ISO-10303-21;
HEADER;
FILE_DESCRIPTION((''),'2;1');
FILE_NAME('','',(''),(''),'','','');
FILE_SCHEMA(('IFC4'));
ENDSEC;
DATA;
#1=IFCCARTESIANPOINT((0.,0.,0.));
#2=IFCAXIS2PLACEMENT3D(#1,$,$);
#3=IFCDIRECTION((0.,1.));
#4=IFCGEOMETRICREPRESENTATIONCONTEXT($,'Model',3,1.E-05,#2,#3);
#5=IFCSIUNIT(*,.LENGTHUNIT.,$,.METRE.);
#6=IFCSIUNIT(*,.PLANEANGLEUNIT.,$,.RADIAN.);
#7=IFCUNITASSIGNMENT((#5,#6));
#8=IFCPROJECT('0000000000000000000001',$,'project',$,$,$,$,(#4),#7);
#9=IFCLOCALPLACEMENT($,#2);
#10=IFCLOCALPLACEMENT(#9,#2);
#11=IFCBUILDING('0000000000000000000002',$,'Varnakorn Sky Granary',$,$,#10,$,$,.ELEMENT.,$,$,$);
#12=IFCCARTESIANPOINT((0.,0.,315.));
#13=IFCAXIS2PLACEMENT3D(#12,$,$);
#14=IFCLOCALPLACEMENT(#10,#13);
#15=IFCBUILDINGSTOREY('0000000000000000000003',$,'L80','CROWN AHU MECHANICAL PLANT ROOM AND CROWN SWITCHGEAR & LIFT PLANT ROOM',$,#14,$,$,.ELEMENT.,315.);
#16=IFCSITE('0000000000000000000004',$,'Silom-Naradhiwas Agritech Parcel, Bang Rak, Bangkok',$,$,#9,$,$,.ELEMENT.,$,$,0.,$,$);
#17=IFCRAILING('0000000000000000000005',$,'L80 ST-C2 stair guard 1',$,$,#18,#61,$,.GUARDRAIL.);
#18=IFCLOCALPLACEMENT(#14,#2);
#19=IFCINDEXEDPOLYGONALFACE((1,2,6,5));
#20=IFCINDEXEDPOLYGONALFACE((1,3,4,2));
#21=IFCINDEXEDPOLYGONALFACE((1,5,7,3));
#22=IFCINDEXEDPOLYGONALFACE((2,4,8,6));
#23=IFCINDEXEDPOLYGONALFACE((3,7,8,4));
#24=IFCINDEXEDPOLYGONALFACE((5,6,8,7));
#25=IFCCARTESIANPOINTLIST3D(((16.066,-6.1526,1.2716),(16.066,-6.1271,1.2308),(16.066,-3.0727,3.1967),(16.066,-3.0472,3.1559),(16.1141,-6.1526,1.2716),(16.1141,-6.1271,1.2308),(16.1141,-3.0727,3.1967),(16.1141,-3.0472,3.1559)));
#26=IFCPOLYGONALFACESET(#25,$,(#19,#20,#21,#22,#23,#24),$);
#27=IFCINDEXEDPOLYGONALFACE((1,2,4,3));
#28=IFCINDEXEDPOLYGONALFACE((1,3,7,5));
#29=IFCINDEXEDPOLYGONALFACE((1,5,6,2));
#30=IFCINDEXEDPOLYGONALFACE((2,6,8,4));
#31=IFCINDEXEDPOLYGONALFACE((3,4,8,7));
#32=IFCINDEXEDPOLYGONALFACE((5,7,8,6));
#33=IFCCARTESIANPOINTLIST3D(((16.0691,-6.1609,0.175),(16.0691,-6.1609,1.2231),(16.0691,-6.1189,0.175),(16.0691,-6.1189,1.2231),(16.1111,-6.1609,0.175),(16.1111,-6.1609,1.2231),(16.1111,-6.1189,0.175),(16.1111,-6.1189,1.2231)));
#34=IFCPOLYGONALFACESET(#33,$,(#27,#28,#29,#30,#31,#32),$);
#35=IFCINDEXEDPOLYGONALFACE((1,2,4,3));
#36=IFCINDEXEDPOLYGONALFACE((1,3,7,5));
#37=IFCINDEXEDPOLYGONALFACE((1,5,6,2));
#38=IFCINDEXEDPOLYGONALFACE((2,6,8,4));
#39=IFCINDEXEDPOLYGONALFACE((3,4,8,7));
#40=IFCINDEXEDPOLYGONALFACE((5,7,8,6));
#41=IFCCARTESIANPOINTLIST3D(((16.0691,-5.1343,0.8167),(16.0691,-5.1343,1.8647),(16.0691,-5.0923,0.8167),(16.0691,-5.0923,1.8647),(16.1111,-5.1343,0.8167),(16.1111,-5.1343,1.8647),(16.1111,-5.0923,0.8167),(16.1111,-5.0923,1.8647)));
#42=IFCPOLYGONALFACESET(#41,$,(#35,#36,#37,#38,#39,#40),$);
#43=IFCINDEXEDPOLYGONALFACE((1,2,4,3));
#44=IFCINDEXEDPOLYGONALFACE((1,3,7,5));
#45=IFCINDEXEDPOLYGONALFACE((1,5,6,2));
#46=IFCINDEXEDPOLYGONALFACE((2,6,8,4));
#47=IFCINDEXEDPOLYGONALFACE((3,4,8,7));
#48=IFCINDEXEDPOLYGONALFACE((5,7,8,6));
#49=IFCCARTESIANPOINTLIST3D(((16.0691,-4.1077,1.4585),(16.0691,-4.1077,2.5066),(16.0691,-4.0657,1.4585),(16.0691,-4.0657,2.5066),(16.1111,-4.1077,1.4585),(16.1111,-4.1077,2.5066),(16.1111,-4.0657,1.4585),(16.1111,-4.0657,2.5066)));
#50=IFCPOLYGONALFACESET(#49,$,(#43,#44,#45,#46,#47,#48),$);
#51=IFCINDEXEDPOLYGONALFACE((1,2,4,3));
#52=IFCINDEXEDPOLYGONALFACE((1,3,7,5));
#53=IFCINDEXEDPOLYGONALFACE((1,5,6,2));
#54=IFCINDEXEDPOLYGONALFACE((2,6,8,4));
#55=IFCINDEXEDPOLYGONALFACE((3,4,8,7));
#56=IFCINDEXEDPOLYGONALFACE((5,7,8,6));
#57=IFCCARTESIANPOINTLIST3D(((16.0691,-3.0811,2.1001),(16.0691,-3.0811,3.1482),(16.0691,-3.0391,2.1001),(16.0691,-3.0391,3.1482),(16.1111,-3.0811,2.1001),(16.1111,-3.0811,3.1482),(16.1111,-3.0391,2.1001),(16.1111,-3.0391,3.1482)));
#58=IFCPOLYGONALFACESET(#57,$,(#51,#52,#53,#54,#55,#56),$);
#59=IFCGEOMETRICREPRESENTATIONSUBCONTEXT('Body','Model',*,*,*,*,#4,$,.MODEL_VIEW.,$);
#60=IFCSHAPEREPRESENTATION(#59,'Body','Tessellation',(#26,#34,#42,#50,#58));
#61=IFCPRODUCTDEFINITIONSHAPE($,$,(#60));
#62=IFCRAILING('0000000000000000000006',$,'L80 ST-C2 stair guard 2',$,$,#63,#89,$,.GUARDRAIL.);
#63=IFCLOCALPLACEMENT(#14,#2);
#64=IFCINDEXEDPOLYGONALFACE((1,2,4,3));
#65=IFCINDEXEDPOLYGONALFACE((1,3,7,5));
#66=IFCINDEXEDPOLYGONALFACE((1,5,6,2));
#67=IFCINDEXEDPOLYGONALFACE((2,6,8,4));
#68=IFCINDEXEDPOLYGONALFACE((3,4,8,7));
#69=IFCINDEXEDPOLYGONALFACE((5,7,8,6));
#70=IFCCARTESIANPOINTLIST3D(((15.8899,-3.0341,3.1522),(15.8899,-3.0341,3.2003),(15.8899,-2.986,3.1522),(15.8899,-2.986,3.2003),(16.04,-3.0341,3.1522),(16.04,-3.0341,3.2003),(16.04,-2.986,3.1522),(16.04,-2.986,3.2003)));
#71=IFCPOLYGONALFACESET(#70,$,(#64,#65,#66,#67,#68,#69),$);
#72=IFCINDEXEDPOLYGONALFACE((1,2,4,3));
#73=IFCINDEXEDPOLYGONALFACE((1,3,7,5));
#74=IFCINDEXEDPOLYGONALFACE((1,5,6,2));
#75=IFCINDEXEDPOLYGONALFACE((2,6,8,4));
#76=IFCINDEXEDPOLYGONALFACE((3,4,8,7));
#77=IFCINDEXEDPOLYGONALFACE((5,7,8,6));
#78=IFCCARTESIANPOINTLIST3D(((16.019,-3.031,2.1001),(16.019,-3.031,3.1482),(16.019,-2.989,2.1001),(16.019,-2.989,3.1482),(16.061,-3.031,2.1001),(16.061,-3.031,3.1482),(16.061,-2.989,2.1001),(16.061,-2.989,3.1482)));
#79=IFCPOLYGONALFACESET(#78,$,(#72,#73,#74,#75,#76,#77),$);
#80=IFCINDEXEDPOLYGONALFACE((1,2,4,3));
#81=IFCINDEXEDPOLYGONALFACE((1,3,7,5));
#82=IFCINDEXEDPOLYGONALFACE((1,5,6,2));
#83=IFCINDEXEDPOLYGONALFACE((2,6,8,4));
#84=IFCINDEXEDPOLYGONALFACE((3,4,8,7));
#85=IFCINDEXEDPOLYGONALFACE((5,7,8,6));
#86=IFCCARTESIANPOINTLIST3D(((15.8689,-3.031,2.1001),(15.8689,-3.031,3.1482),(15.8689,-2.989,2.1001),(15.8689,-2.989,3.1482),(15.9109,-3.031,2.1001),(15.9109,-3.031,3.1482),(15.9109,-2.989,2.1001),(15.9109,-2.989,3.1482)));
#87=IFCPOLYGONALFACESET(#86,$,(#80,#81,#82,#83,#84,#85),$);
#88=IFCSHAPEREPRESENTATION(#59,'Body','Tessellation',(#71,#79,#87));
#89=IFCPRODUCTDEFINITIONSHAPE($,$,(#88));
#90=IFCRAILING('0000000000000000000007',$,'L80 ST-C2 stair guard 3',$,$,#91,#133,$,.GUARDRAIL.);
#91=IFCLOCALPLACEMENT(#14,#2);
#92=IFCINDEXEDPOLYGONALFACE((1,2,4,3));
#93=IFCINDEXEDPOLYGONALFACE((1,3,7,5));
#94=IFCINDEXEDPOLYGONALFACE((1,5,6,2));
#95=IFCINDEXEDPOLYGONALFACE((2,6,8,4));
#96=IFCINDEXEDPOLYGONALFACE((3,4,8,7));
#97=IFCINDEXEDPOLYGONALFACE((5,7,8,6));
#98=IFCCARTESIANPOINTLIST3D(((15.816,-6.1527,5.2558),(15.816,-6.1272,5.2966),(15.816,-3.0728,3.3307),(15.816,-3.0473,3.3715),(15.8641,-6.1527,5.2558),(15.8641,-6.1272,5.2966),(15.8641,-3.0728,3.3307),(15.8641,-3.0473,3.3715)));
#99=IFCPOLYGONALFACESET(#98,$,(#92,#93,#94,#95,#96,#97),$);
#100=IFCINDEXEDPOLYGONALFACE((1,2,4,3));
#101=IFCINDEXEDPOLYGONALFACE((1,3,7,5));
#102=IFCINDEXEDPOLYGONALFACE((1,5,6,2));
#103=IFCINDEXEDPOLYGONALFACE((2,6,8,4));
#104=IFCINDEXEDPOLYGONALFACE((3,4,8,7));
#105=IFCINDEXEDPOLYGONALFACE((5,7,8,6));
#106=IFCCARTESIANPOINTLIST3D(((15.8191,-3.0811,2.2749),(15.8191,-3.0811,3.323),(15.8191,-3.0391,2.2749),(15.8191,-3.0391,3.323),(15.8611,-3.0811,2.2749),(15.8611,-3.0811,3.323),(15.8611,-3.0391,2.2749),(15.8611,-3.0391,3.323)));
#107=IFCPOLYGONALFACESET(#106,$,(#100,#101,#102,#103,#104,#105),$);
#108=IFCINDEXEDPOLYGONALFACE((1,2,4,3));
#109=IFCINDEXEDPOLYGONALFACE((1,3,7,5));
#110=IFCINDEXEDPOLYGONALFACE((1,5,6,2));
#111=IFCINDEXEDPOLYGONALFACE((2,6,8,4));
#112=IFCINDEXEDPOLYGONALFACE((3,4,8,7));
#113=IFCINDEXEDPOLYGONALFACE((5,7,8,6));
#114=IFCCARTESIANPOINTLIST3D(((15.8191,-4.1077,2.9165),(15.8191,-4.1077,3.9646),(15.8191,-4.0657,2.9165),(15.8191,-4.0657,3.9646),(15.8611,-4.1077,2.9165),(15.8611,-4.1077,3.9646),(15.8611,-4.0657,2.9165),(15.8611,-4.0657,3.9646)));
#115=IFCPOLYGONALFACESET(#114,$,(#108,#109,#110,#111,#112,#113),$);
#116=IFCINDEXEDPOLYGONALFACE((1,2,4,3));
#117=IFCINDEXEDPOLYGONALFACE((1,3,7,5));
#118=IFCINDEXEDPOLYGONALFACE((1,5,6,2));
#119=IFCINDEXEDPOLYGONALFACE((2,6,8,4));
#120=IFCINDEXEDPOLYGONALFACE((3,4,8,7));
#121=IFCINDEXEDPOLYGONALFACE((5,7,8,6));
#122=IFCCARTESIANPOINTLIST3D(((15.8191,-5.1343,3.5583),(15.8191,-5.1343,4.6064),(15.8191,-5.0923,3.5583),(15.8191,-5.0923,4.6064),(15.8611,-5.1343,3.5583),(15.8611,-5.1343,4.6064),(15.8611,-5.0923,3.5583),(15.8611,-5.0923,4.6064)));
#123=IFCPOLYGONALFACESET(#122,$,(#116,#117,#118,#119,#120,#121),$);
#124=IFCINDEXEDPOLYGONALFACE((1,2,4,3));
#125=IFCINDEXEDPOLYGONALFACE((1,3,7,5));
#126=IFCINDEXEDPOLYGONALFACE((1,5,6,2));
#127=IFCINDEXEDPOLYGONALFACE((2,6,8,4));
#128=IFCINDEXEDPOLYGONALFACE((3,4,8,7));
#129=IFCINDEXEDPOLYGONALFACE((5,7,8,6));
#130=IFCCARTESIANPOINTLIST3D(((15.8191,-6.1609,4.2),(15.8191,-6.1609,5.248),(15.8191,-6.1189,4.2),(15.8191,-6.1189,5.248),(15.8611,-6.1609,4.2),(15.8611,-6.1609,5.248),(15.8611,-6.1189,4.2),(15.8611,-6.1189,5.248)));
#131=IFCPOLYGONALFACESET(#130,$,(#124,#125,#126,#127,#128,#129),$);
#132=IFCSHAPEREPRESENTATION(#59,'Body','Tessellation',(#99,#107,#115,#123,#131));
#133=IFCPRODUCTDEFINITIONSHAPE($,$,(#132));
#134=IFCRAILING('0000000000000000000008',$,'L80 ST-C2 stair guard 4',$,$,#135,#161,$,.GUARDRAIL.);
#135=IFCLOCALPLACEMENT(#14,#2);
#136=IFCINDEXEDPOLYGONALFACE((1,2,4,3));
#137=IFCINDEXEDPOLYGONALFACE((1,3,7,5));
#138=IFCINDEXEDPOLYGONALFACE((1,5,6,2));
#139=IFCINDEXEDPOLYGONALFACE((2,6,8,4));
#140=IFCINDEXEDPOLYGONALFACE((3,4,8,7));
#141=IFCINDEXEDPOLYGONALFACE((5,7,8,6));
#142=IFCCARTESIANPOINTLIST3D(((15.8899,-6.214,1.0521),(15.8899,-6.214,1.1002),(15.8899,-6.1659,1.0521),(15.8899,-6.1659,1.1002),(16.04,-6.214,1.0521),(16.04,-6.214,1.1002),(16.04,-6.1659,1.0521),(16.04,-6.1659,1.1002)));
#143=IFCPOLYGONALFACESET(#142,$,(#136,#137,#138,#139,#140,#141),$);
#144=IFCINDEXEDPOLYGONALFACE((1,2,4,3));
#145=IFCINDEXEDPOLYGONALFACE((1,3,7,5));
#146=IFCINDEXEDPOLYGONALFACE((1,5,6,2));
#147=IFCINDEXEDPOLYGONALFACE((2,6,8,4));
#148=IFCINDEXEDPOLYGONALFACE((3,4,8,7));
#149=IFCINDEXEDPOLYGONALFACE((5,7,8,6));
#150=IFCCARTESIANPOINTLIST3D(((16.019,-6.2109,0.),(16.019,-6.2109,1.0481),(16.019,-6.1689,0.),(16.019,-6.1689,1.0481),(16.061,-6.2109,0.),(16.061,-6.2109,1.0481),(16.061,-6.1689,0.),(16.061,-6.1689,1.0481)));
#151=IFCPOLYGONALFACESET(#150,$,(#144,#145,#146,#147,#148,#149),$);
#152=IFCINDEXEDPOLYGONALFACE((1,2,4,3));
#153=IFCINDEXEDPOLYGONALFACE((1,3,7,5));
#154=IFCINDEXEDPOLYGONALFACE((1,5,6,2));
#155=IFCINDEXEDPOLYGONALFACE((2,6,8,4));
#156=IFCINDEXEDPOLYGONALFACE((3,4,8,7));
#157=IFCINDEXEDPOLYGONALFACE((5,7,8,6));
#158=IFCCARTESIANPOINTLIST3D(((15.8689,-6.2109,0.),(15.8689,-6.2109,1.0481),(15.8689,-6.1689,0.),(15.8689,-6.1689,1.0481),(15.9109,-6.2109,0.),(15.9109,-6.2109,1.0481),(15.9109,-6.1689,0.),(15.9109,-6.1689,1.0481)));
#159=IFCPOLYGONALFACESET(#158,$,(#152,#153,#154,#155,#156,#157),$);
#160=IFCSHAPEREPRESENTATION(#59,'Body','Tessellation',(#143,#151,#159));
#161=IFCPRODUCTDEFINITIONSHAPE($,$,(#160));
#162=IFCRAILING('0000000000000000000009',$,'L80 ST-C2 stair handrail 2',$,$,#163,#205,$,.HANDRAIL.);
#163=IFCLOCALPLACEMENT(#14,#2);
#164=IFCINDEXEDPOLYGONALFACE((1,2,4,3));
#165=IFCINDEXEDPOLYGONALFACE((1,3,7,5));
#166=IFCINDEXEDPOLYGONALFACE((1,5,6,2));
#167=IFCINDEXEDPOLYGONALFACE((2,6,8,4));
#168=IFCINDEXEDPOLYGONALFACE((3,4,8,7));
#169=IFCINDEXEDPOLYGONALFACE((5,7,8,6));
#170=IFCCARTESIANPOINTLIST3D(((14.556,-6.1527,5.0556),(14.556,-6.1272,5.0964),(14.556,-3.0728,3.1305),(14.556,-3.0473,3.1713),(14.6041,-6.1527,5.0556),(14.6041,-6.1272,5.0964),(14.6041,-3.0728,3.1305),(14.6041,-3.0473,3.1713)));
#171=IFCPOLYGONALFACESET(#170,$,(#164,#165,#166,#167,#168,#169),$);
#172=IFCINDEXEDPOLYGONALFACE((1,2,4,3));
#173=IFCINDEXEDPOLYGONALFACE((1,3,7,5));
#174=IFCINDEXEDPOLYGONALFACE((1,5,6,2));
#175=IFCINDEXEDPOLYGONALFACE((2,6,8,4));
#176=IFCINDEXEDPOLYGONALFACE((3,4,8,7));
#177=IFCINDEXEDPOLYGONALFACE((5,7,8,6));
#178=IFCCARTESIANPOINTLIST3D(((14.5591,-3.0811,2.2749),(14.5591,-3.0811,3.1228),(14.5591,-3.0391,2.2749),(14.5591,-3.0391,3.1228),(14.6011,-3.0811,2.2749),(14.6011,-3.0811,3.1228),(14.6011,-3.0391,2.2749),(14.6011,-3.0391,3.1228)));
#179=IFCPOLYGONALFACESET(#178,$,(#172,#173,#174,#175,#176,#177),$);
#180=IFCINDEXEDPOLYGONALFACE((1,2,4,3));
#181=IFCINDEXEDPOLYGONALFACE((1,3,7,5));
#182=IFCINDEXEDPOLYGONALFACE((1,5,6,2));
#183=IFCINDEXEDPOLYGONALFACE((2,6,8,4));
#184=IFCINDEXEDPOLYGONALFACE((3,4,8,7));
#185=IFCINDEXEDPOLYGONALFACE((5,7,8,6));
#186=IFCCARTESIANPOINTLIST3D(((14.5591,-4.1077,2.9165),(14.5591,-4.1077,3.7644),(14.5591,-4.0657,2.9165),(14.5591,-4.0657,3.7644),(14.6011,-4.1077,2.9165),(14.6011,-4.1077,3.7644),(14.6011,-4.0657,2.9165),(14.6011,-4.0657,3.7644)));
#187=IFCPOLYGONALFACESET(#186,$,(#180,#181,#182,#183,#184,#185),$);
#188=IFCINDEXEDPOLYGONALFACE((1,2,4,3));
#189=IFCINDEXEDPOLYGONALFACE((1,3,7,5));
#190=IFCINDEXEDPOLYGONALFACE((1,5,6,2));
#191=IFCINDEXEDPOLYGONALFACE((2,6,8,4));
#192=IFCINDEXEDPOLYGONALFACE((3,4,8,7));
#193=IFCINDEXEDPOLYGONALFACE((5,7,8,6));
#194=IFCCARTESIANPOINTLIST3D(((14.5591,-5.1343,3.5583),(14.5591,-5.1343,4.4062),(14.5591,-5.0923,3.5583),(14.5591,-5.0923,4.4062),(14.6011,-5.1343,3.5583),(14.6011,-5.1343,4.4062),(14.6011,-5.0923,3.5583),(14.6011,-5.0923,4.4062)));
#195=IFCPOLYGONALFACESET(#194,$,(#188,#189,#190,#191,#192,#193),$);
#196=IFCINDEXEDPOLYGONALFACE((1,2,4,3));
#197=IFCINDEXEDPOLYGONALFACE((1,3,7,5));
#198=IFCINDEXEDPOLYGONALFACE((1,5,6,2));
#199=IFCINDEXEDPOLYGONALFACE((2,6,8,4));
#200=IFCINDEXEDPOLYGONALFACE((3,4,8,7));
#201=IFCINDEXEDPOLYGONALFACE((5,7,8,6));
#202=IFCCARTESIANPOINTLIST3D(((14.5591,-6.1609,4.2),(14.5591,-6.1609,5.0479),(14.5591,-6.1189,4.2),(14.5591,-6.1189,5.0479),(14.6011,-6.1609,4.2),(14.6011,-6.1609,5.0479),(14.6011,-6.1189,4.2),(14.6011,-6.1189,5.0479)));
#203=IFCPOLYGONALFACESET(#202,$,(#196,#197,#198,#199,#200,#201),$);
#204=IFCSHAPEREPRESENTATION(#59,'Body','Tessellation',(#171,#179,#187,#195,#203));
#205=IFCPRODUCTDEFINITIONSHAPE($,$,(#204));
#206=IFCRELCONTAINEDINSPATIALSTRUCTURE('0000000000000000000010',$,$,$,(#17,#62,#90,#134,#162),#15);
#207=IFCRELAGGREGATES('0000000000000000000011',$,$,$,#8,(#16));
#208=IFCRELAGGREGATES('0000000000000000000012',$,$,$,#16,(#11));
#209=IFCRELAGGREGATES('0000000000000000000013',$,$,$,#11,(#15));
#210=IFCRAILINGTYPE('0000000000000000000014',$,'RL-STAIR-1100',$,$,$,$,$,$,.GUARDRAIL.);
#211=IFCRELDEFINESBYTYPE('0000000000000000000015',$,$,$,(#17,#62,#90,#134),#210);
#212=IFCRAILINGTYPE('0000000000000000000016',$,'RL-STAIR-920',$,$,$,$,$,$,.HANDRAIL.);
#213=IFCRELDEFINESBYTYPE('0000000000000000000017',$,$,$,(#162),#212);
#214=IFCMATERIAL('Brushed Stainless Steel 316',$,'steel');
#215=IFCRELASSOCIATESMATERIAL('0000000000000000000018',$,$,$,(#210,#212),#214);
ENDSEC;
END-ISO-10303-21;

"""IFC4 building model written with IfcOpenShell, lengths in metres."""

from ifc_helpers import new_model, si_unit, direction, frame, origin, origin_2d, place, context, subcontext, project, spatial, rectangle, extrude, material, type_object, element, save


model = new_model("IFC4")

# Units and contexts
model_context = context("Model", 3, precision=1e-05, world=origin(), true_north=direction((0.0, 1.0)))
body_context = subcontext(model_context, "Body", "Model", "MODEL_VIEW")
ifc_project = project(units=[si_unit("LENGTHUNIT", "METRE"), si_unit("PLANEANGLEUNIT", "RADIAN")], contexts=[model_context])

# Site, building, storey
site_placement = place(None, origin())
site = spatial("IfcSite", under=ifc_project, at=site_placement, Name="Silom-Naradhiwas Agritech Parcel, Bang Rak, Bangkok", CompositionType="ELEMENT", RefElevation=0.0)
building_placement = place(site_placement, origin())
building = spatial("IfcBuilding", under=site, at=building_placement, Name="Varnakorn Sky Granary", CompositionType="ELEMENT")
storey_placement = place(building_placement, frame((0.0, 0.0, 315.0)))
storey = spatial("IfcBuildingStorey", under=building, at=storey_placement, Name="L80", Description="CROWN AHU MECHANICAL PLANT ROOM AND CROWN SWITCHGEAR & LIFT PLANT ROOM", CompositionType="ELEMENT", Elevation=315.0)

# Railings
ifc_material_1 = material(Name="Brushed Stainless Steel 316", Category="steel")
railing_type_1 = type_object("IfcRailingType", Name="RL-STAIR-1100", PredefinedType="GUARDRAIL", material=ifc_material_1)
railing_1_placement = place(storey_placement, frame((16.0901, -6.1399, 0.175)))
element("IfcRailing", 1, at=railing_1_placement, inside=storey, type_object=railing_type_1, Name="L80 ST-C2 stair guard 1", PredefinedType="GUARDRAIL", context=body_context, shape_type="SweptSolid", body=[
    extrude(rectangle(XDim=0.0481, YDim=0.0481, at=origin_2d()), frame((0.0, 0.0, 1.0762), z_axis=(0.0, 0.847979, 0.530029), x_axis=(-1.0, 0.0, 0.0)), (0.0, 0.0, 1.0), 3.6321),
    extrude(rectangle(XDim=0.042, YDim=0.042, at=origin_2d()), origin(), (0.0, 0.0, 1.0), 1.0481),
    extrude(rectangle(XDim=0.042, YDim=0.042, at=origin_2d()), frame((0.0, 1.0266, 0.6416)), (0.0, 0.0, 1.0), 1.0481),
    extrude(rectangle(XDim=0.042, YDim=0.042, at=origin_2d()), frame((0.0, 2.0532, 1.2834)), (0.0, 0.0, 1.0), 1.0481),
    extrude(rectangle(XDim=0.042, YDim=0.042, at=origin_2d()), frame((0.0, 3.0798, 1.925)), (0.0, 0.0, 1.0), 1.0481),
])
railing_2_placement = place(storey_placement, frame((16.04, -3.01, 2.1001)))
element("IfcRailing", 2, at=railing_2_placement, inside=storey, type_object=railing_type_1, Name="L80 ST-C2 stair guard 2", PredefinedType="GUARDRAIL", context=body_context, shape_type="SweptSolid", body=[
    extrude(rectangle(XDim=0.0481, YDim=0.0481, at=origin_2d()), frame((0.0, 0.0, 1.0762), z_axis=(-1.0, 0.0, 0.0), x_axis=(0.0, -1.0, 0.0)), (0.0, 0.0, 1.0), 0.1501),
    extrude(rectangle(XDim=0.042, YDim=0.042, at=origin_2d()), origin(), (0.0, 0.0, 1.0), 1.0481),
    extrude(rectangle(XDim=0.042, YDim=0.042, at=origin_2d()), frame((-0.1501, 0.0, 0.0)), (0.0, 0.0, 1.0), 1.0481),
])
railing_3_placement = place(storey_placement, frame((15.8401, -3.0601, 2.2749)))
element("IfcRailing", 3, at=railing_3_placement, inside=storey, type_object=railing_type_1, Name="L80 ST-C2 stair guard 3", PredefinedType="GUARDRAIL", context=body_context, shape_type="SweptSolid", body=[
    extrude(rectangle(XDim=0.0481, YDim=0.0481, at=origin_2d()), frame((0.0, 0.0, 1.0762), z_axis=(0.0, -0.847979, 0.530029), x_axis=(1.0, 0.0, 0.0)), (0.0, 0.0, 1.0), 3.6321),
    extrude(rectangle(XDim=0.042, YDim=0.042, at=origin_2d()), origin(), (0.0, 0.0, 1.0), 1.0481),
    extrude(rectangle(XDim=0.042, YDim=0.042, at=origin_2d()), frame((0.0, -1.0266, 0.6416)), (0.0, 0.0, 1.0), 1.0481),
    extrude(rectangle(XDim=0.042, YDim=0.042, at=origin_2d()), frame((0.0, -2.0532, 1.2834)), (0.0, 0.0, 1.0), 1.0481),
    extrude(rectangle(XDim=0.042, YDim=0.042, at=origin_2d()), frame((0.0, -3.0798, 1.925)), (0.0, 0.0, 1.0), 1.0481),
])
railing_4_placement = place(storey_placement, frame((16.04, -6.1899, 0.0)))
element("IfcRailing", 4, at=railing_4_placement, inside=storey, type_object=railing_type_1, Name="L80 ST-C2 stair guard 4", PredefinedType="GUARDRAIL", context=body_context, shape_type="SweptSolid", body=[
    extrude(rectangle(XDim=0.0481, YDim=0.0481, at=origin_2d()), frame((0.0, 0.0, 1.0762), z_axis=(-1.0, 0.0, 0.0), x_axis=(0.0, -1.0, 0.0)), (0.0, 0.0, 1.0), 0.1501),
    extrude(rectangle(XDim=0.042, YDim=0.042, at=origin_2d()), origin(), (0.0, 0.0, 1.0), 1.0481),
    extrude(rectangle(XDim=0.042, YDim=0.042, at=origin_2d()), frame((-0.1501, 0.0, 0.0)), (0.0, 0.0, 1.0), 1.0481),
])
railing_type_2 = type_object("IfcRailingType", Name="RL-STAIR-920", PredefinedType="HANDRAIL", material=ifc_material_1)
railing_5_placement = place(storey_placement, frame((14.5801, -3.0601, 2.2749)))
element("IfcRailing", 5, at=railing_5_placement, inside=storey, type_object=railing_type_2, Name="L80 ST-C2 stair handrail 2", PredefinedType="HANDRAIL", context=body_context, shape_type="SweptSolid", body=[
    extrude(rectangle(XDim=0.0481, YDim=0.0481, at=origin_2d()), frame((0.0, 0.0, 0.876), z_axis=(0.0, -0.847979, 0.530029), x_axis=(1.0, 0.0, 0.0)), (0.0, 0.0, 1.0), 3.6321),
    extrude(rectangle(XDim=0.042, YDim=0.042, at=origin_2d()), origin(), (0.0, 0.0, 1.0), 0.8479),
    extrude(rectangle(XDim=0.042, YDim=0.042, at=origin_2d()), frame((0.0, -1.0266, 0.6416)), (0.0, 0.0, 1.0), 0.8479),
    extrude(rectangle(XDim=0.042, YDim=0.042, at=origin_2d()), frame((0.0, -2.0532, 1.2834)), (0.0, 0.0, 1.0), 0.8479),
    extrude(rectangle(XDim=0.042, YDim=0.042, at=origin_2d()), frame((0.0, -3.0798, 1.925)), (0.0, 0.0, 1.0), 0.8479),
])

save(model, "model.ifc")
